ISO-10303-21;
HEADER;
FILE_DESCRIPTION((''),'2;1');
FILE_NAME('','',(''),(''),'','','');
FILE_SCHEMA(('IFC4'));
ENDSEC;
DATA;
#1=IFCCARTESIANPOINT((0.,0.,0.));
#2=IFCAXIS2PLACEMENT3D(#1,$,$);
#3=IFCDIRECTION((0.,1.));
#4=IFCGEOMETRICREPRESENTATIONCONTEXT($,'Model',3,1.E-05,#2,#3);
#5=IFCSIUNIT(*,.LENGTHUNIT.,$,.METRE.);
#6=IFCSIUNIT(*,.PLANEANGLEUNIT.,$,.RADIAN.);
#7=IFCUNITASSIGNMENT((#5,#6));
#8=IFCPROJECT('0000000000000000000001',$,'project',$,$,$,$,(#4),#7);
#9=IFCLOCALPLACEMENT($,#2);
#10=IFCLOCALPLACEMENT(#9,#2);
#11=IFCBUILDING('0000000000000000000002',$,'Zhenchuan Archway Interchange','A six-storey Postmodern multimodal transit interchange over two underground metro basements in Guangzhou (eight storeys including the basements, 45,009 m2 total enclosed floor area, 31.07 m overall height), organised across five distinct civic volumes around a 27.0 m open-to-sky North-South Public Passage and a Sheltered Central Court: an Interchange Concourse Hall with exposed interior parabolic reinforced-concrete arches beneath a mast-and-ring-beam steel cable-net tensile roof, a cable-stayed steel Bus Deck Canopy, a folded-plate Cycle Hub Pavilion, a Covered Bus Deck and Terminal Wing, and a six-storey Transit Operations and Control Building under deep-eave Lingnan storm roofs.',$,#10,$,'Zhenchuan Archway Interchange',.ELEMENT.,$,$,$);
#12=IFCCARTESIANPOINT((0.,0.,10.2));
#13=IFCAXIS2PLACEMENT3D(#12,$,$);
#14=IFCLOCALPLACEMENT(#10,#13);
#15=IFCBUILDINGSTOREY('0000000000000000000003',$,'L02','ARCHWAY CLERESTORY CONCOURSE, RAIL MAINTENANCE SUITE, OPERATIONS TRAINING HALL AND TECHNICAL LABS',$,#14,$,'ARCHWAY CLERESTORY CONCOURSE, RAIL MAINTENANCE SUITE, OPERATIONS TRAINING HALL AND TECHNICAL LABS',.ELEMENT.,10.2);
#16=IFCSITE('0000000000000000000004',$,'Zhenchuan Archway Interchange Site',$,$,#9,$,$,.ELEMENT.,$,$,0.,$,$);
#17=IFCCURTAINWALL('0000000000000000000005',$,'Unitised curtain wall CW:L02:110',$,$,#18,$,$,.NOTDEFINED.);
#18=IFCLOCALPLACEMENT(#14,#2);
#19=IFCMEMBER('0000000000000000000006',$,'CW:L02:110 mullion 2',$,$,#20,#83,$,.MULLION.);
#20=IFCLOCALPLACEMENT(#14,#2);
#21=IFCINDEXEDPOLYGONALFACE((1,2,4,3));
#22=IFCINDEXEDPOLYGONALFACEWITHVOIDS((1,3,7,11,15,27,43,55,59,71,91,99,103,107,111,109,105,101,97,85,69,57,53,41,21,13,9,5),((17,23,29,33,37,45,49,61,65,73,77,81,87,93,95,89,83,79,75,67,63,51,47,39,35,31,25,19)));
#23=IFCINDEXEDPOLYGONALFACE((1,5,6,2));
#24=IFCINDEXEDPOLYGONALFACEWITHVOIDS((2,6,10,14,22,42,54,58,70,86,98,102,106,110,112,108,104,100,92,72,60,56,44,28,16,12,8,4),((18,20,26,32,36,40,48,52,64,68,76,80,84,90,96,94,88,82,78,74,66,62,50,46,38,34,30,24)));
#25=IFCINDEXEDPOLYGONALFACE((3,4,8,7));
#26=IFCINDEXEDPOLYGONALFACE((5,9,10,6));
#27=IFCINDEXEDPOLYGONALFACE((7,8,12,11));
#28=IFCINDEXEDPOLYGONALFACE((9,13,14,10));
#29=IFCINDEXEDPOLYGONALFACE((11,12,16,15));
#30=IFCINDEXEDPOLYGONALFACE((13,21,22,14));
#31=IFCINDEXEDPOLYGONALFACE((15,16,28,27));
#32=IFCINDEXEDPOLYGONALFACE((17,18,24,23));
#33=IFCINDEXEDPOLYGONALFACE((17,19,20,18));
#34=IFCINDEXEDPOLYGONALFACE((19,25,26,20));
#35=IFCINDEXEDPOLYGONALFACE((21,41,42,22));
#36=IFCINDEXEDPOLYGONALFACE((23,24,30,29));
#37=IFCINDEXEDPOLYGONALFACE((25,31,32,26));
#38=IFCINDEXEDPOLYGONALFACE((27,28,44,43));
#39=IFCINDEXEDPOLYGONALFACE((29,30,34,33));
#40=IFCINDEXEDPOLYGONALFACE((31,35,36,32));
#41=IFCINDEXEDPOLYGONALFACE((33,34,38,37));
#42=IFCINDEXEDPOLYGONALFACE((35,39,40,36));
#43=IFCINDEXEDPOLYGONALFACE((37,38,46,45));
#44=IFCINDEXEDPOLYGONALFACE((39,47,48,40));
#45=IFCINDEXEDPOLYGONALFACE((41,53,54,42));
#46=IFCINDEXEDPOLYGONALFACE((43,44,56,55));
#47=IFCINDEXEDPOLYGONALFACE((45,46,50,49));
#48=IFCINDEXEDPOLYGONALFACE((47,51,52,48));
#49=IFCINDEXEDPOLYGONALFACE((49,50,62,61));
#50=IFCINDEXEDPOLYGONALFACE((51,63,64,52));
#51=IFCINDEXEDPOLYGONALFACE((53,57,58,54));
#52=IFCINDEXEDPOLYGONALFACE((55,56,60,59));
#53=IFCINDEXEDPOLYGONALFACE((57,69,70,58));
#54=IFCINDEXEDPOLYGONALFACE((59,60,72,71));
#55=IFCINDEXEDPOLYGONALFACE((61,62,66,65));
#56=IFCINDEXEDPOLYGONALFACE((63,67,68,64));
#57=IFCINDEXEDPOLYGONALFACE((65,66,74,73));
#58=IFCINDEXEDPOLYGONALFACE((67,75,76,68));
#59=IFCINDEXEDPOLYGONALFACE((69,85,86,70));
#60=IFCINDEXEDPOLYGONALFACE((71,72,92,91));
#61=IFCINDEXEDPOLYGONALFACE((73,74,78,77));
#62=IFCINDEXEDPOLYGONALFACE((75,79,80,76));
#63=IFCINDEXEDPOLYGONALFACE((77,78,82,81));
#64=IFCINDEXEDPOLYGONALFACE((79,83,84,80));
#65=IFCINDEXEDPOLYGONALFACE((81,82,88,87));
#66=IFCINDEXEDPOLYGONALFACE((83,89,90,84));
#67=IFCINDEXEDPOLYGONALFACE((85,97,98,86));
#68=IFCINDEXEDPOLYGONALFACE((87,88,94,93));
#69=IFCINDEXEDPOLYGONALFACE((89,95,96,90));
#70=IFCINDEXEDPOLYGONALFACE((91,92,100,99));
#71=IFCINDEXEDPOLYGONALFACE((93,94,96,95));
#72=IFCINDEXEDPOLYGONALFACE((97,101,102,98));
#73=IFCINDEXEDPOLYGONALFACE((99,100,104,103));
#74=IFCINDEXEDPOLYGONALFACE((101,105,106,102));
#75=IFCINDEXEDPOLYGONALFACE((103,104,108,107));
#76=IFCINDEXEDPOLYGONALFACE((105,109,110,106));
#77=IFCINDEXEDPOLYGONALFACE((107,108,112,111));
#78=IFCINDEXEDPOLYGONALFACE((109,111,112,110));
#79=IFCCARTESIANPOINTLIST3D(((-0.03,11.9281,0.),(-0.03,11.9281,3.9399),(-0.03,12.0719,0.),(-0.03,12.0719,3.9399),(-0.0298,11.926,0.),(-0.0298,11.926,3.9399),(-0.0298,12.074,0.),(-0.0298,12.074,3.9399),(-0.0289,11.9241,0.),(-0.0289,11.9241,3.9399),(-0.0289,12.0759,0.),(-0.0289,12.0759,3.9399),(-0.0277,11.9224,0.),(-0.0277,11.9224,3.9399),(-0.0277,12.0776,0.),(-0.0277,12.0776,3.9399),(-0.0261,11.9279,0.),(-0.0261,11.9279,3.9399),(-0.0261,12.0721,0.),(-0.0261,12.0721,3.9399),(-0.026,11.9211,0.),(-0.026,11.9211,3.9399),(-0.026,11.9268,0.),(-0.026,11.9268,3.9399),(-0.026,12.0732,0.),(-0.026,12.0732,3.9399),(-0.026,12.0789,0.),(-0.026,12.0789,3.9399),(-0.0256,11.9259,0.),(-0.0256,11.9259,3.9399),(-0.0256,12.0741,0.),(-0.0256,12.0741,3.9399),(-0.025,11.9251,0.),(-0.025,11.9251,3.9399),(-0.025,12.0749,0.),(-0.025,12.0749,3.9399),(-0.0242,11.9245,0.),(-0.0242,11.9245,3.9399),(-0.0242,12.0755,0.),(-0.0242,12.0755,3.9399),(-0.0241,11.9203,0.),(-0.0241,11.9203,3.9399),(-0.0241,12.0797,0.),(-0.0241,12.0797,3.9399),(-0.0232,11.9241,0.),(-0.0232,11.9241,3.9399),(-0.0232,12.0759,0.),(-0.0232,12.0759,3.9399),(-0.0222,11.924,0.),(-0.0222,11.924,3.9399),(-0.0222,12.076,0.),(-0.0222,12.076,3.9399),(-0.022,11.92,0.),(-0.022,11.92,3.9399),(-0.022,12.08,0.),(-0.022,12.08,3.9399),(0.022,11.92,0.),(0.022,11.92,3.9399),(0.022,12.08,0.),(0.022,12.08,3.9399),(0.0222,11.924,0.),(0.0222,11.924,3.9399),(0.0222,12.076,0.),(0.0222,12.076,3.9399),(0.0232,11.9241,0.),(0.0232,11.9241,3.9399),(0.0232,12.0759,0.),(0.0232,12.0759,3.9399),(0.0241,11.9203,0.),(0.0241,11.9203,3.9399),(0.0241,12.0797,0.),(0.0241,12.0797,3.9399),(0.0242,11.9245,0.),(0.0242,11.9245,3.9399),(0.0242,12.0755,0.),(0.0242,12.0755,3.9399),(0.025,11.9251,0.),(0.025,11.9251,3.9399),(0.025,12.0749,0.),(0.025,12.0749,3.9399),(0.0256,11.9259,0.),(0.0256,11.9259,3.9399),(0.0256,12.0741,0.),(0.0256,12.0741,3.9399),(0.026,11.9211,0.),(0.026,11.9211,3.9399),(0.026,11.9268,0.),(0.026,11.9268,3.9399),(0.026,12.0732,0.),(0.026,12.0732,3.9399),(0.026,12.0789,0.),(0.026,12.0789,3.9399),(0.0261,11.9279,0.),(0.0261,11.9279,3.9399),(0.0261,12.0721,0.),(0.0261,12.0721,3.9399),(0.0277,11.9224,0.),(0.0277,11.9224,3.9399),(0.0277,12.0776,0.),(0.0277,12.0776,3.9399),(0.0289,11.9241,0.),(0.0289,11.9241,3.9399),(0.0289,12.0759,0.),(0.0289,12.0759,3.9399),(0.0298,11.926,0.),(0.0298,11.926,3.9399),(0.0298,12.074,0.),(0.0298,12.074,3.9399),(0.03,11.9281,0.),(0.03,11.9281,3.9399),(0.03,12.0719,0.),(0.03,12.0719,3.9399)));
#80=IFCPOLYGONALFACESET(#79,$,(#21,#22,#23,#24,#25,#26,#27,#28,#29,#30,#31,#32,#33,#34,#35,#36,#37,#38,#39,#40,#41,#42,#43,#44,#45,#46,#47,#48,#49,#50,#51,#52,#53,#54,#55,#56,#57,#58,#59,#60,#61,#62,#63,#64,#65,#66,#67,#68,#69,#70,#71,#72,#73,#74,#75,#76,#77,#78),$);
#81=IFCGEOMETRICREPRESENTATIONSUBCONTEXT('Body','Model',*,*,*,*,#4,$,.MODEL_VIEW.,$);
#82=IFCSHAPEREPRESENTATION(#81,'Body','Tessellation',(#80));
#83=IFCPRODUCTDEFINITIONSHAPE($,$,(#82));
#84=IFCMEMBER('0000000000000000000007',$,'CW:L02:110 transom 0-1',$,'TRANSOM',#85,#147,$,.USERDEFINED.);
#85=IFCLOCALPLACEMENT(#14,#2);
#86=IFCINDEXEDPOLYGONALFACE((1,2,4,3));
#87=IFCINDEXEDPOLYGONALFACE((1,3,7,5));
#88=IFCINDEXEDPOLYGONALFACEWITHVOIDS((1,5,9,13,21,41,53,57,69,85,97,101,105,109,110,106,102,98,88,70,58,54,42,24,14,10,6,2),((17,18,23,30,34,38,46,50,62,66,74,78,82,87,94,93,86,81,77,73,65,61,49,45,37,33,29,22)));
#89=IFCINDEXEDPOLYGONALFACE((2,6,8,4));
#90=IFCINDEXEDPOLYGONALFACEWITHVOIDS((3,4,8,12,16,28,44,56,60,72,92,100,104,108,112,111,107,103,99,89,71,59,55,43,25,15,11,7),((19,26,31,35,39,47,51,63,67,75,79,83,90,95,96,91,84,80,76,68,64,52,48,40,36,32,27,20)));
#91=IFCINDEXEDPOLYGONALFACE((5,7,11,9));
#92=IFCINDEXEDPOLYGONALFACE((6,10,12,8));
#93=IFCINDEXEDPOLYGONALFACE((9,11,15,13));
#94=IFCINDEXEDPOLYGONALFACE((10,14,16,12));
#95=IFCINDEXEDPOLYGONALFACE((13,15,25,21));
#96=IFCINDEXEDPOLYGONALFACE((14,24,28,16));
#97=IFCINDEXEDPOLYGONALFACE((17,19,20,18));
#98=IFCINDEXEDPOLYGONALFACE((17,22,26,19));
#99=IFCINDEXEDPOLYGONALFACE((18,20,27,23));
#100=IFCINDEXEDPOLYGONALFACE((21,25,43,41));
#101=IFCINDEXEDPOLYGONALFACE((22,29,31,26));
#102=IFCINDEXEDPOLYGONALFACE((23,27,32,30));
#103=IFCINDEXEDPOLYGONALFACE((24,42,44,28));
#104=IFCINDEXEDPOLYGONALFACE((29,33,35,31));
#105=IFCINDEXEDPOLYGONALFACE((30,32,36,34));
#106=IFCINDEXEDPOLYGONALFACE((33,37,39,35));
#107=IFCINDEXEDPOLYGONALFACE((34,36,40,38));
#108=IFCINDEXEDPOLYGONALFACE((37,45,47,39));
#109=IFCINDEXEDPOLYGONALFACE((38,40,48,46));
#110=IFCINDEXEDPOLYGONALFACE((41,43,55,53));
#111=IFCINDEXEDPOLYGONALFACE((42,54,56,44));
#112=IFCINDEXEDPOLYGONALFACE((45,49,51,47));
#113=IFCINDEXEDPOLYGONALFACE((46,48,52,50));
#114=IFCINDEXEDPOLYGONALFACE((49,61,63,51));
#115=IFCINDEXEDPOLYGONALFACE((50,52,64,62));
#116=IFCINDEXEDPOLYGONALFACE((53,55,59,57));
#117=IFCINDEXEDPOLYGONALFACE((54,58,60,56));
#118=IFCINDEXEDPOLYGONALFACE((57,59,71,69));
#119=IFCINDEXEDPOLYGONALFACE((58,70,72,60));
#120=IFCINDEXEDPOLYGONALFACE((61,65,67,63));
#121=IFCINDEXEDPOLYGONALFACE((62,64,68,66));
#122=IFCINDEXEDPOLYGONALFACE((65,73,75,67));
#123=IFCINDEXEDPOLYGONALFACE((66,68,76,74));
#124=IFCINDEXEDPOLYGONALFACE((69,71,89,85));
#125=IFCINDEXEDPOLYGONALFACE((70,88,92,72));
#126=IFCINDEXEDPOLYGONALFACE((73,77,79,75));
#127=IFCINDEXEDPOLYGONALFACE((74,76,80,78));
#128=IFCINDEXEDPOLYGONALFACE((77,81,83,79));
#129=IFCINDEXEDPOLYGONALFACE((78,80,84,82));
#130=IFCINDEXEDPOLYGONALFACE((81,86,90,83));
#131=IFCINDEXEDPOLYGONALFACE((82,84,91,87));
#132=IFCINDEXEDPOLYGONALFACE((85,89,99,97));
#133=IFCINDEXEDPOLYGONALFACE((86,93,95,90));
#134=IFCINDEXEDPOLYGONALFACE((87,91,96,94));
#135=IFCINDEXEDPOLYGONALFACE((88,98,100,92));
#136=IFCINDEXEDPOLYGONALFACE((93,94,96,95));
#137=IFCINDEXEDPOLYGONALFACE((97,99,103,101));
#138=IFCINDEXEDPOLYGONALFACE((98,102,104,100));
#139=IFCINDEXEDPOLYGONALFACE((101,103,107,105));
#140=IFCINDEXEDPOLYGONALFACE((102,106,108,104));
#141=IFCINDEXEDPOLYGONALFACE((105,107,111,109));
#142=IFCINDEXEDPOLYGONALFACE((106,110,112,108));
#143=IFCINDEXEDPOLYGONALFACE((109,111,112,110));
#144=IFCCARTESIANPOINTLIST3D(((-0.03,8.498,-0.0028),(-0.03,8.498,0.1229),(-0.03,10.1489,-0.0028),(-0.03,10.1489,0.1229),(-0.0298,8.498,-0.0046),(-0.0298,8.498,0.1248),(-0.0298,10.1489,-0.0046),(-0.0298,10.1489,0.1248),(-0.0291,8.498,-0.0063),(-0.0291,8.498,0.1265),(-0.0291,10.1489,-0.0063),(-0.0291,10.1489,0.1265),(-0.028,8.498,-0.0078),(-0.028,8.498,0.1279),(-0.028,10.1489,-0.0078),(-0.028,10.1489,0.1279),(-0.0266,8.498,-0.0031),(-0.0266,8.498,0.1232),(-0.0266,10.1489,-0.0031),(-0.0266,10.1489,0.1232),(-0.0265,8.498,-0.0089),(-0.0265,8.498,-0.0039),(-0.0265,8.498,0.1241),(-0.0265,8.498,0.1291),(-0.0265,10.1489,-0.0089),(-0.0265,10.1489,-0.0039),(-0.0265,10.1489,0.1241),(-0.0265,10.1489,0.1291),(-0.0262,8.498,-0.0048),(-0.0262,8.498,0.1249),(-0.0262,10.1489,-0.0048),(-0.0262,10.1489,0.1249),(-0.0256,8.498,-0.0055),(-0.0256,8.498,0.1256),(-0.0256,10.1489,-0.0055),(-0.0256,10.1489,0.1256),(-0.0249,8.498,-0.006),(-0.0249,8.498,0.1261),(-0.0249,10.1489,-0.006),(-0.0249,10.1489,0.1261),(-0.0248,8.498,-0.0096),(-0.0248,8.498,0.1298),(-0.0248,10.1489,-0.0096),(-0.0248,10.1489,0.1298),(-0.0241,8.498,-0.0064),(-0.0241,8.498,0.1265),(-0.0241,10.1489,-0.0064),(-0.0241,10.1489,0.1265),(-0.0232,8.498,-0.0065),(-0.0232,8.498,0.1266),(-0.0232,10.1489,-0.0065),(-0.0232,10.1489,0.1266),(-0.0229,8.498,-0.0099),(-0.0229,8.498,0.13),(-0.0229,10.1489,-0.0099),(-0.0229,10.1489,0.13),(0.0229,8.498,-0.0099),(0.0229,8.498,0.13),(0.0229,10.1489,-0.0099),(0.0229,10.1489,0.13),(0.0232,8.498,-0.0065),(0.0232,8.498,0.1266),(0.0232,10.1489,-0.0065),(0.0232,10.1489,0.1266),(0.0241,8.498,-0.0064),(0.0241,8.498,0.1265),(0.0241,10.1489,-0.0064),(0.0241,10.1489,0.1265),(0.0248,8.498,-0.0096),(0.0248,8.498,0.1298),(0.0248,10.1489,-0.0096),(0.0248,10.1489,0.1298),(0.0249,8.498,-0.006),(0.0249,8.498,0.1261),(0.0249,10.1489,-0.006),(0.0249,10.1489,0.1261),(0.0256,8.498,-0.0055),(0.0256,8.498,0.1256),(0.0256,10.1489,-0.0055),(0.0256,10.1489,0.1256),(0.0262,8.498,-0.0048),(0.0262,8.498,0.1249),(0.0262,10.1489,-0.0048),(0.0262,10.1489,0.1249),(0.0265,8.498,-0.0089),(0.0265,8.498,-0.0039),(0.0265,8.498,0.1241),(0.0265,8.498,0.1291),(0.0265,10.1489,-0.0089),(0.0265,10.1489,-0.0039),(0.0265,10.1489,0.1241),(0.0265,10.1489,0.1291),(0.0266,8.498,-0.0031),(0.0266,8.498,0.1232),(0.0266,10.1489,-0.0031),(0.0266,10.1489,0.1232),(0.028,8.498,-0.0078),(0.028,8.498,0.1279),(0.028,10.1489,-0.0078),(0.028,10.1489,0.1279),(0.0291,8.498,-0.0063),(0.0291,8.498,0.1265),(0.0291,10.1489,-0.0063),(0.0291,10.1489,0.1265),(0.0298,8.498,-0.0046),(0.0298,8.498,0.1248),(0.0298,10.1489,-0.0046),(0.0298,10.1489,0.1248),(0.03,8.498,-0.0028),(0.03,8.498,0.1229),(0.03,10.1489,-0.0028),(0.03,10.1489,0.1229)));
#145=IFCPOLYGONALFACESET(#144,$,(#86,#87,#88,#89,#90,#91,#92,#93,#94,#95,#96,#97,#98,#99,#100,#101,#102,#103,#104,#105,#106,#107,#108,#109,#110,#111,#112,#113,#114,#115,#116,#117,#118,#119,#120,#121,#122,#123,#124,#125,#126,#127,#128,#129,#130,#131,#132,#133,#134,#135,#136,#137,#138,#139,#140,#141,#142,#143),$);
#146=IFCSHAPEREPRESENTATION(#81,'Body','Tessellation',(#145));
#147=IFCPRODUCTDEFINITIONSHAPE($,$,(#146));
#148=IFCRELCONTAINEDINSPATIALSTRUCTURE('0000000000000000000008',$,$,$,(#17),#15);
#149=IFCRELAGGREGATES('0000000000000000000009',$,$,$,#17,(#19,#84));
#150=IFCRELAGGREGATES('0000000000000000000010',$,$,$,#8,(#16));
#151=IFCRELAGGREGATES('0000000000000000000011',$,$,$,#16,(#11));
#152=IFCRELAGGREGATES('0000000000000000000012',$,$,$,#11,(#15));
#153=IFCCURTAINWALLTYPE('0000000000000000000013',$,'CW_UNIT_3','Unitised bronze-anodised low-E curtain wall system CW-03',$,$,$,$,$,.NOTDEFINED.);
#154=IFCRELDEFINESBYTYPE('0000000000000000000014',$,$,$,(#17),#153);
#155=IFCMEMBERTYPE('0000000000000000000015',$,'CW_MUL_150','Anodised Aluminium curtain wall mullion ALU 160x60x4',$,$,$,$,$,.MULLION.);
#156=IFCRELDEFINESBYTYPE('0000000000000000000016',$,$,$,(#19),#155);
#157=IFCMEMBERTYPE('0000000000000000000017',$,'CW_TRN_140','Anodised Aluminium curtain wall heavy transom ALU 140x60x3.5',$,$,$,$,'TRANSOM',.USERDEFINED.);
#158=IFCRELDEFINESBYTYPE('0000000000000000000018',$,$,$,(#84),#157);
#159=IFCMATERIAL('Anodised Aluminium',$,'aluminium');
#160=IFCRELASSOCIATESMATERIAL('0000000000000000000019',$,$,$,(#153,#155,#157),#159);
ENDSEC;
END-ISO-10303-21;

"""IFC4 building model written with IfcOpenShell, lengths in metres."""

from ifc_helpers import new_model, si_unit, direction, frame, origin, origin_2d, place, context, subcontext, project, spatial, hollow_rectangle, extrude, material, material_profile, profile_set, type_object, element, aggregate, save


model = new_model("IFC4")

# Units and contexts
model_context = context("Model", 3, precision=1e-05, world=origin(), true_north=direction((0.0, 1.0)))
body_context = subcontext(model_context, "Body", "Model", "MODEL_VIEW")
ifc_project = project(units=[si_unit("LENGTHUNIT", "METRE"), si_unit("PLANEANGLEUNIT", "RADIAN")], contexts=[model_context])

# Site, building, storey
site_placement = place(None, origin())
site = spatial("IfcSite", under=ifc_project, at=site_placement, Name="Zhenchuan Archway Interchange Site", CompositionType="ELEMENT", RefElevation=0.0)
building_placement = place(site_placement, origin())
building = spatial("IfcBuilding", under=site, at=building_placement, Name="Zhenchuan Archway Interchange", Description="A six-storey Postmodern multimodal transit interchange over two underground metro basements in Guangzhou (eight storeys including the basements, 45,009 m2 total enclosed floor area, 31.07 m overall height), organised across five distinct civic volumes around a 27.0 m open-to-sky North-South Public Passage and a Sheltered Central Court: an Interchange Concourse Hall with exposed interior parabolic reinforced-concrete arches beneath a mast-and-ring-beam steel cable-net tensile roof, a cable-stayed steel Bus Deck Canopy, a folded-plate Cycle Hub Pavilion, a Covered Bus Deck and Terminal Wing, and a six-storey Transit Operations and Control Building under deep-eave Lingnan storm roofs.", LongName="Zhenchuan Archway Interchange", CompositionType="ELEMENT")
storey_placement = place(building_placement, frame((0.0, 0.0, 10.2)))
storey = spatial("IfcBuildingStorey", under=building, at=storey_placement, Name="L02", Description="ARCHWAY CLERESTORY CONCOURSE, RAIL MAINTENANCE SUITE, OPERATIONS TRAINING HALL AND TECHNICAL LABS", LongName="ARCHWAY CLERESTORY CONCOURSE, RAIL MAINTENANCE SUITE, OPERATIONS TRAINING HALL AND TECHNICAL LABS", CompositionType="ELEMENT", Elevation=10.2)

# Curtain wall, members
ifc_material_1 = material(Name="Anodised Aluminium", Category="aluminium")
curtain_wall_type = type_object("IfcCurtainWallType", Name="CW_UNIT_3", Description="Unitised bronze-anodised low-E curtain wall system CW-03", PredefinedType="NOTDEFINED", material=ifc_material_1)
curtain_wall_placement = place(storey_placement, origin())
curtain_wall = element("IfcCurtainWall", 1, at=curtain_wall_placement, inside=storey, type_object=curtain_wall_type, Name="Unitised curtain wall CW:L02:110", PredefinedType="NOTDEFINED")
ifc_material_profile_1 = material_profile(ifc_material_1, hollow_rectangle(XDim=0.0601, YDim=0.1599, WallThickness=0.0039, InnerFilletRadius=0.0039, OuterFilletRadius=0.0081, at=origin_2d()), Name="ALU 160x60x4")
ifc_profile_set_1 = profile_set([ifc_material_profile_1], Name="Anodised Aluminium")
member_type_1 = type_object("IfcMemberType", Name="CW_MUL_150", Description="Anodised Aluminium curtain wall mullion ALU 160x60x4", PredefinedType="MULLION", material=ifc_profile_set_1)
member_1_placement = place(storey_placement, frame((0.0, 12.0, 0.0), z_axis=(0.0, 0.0, 1.0), x_axis=(1.0, 0.0, 0.0)))
member_1 = element("IfcMember", 2, at=member_1_placement, type_object=member_type_1, Name="CW:L02:110 mullion 2", PredefinedType="MULLION", context=body_context, shape_type="SweptSolid", body=[
    extrude(hollow_rectangle(XDim=0.0601, YDim=0.1599, WallThickness=0.0039, InnerFilletRadius=0.0039, OuterFilletRadius=0.0081, at=origin_2d()), origin(), (0.0, 0.0, 1.0), 3.9399),
])
ifc_material_profile_2 = material_profile(ifc_material_1, hollow_rectangle(XDim=0.0601, YDim=0.1399, WallThickness=0.0034, InnerFilletRadius=0.0034, OuterFilletRadius=0.0071, at=origin_2d()), Name="ALU 140x60x3.5")
ifc_profile_set_2 = profile_set([ifc_material_profile_2], Name="Anodised Aluminium")
member_type_2 = type_object("IfcMemberType", Name="CW_TRN_140", Description="Anodised Aluminium curtain wall heavy transom ALU 140x60x3.5", ElementType="TRANSOM", PredefinedType="USERDEFINED", material=ifc_profile_set_2)
member_2_placement = place(storey_placement, frame((0.0, 8.498, 0.0601), z_axis=(0.0, 1.0, 0.0), x_axis=(-1.0, 0.0, 0.0)))
member_2 = element("IfcMember", 3, at=member_2_placement, type_object=member_type_2, Name="CW:L02:110 transom 0-1", ObjectType="TRANSOM", PredefinedType="USERDEFINED", context=body_context, shape_type="SweptSolid", body=[
    extrude(hollow_rectangle(XDim=0.0601, YDim=0.1399, WallThickness=0.0034, InnerFilletRadius=0.0034, OuterFilletRadius=0.0071, at=origin_2d()), origin(), (0.0, 0.0, 1.0), 1.6509),
])

aggregate(curtain_wall, [member_1, member_2])

save(model, "model.ifc")
